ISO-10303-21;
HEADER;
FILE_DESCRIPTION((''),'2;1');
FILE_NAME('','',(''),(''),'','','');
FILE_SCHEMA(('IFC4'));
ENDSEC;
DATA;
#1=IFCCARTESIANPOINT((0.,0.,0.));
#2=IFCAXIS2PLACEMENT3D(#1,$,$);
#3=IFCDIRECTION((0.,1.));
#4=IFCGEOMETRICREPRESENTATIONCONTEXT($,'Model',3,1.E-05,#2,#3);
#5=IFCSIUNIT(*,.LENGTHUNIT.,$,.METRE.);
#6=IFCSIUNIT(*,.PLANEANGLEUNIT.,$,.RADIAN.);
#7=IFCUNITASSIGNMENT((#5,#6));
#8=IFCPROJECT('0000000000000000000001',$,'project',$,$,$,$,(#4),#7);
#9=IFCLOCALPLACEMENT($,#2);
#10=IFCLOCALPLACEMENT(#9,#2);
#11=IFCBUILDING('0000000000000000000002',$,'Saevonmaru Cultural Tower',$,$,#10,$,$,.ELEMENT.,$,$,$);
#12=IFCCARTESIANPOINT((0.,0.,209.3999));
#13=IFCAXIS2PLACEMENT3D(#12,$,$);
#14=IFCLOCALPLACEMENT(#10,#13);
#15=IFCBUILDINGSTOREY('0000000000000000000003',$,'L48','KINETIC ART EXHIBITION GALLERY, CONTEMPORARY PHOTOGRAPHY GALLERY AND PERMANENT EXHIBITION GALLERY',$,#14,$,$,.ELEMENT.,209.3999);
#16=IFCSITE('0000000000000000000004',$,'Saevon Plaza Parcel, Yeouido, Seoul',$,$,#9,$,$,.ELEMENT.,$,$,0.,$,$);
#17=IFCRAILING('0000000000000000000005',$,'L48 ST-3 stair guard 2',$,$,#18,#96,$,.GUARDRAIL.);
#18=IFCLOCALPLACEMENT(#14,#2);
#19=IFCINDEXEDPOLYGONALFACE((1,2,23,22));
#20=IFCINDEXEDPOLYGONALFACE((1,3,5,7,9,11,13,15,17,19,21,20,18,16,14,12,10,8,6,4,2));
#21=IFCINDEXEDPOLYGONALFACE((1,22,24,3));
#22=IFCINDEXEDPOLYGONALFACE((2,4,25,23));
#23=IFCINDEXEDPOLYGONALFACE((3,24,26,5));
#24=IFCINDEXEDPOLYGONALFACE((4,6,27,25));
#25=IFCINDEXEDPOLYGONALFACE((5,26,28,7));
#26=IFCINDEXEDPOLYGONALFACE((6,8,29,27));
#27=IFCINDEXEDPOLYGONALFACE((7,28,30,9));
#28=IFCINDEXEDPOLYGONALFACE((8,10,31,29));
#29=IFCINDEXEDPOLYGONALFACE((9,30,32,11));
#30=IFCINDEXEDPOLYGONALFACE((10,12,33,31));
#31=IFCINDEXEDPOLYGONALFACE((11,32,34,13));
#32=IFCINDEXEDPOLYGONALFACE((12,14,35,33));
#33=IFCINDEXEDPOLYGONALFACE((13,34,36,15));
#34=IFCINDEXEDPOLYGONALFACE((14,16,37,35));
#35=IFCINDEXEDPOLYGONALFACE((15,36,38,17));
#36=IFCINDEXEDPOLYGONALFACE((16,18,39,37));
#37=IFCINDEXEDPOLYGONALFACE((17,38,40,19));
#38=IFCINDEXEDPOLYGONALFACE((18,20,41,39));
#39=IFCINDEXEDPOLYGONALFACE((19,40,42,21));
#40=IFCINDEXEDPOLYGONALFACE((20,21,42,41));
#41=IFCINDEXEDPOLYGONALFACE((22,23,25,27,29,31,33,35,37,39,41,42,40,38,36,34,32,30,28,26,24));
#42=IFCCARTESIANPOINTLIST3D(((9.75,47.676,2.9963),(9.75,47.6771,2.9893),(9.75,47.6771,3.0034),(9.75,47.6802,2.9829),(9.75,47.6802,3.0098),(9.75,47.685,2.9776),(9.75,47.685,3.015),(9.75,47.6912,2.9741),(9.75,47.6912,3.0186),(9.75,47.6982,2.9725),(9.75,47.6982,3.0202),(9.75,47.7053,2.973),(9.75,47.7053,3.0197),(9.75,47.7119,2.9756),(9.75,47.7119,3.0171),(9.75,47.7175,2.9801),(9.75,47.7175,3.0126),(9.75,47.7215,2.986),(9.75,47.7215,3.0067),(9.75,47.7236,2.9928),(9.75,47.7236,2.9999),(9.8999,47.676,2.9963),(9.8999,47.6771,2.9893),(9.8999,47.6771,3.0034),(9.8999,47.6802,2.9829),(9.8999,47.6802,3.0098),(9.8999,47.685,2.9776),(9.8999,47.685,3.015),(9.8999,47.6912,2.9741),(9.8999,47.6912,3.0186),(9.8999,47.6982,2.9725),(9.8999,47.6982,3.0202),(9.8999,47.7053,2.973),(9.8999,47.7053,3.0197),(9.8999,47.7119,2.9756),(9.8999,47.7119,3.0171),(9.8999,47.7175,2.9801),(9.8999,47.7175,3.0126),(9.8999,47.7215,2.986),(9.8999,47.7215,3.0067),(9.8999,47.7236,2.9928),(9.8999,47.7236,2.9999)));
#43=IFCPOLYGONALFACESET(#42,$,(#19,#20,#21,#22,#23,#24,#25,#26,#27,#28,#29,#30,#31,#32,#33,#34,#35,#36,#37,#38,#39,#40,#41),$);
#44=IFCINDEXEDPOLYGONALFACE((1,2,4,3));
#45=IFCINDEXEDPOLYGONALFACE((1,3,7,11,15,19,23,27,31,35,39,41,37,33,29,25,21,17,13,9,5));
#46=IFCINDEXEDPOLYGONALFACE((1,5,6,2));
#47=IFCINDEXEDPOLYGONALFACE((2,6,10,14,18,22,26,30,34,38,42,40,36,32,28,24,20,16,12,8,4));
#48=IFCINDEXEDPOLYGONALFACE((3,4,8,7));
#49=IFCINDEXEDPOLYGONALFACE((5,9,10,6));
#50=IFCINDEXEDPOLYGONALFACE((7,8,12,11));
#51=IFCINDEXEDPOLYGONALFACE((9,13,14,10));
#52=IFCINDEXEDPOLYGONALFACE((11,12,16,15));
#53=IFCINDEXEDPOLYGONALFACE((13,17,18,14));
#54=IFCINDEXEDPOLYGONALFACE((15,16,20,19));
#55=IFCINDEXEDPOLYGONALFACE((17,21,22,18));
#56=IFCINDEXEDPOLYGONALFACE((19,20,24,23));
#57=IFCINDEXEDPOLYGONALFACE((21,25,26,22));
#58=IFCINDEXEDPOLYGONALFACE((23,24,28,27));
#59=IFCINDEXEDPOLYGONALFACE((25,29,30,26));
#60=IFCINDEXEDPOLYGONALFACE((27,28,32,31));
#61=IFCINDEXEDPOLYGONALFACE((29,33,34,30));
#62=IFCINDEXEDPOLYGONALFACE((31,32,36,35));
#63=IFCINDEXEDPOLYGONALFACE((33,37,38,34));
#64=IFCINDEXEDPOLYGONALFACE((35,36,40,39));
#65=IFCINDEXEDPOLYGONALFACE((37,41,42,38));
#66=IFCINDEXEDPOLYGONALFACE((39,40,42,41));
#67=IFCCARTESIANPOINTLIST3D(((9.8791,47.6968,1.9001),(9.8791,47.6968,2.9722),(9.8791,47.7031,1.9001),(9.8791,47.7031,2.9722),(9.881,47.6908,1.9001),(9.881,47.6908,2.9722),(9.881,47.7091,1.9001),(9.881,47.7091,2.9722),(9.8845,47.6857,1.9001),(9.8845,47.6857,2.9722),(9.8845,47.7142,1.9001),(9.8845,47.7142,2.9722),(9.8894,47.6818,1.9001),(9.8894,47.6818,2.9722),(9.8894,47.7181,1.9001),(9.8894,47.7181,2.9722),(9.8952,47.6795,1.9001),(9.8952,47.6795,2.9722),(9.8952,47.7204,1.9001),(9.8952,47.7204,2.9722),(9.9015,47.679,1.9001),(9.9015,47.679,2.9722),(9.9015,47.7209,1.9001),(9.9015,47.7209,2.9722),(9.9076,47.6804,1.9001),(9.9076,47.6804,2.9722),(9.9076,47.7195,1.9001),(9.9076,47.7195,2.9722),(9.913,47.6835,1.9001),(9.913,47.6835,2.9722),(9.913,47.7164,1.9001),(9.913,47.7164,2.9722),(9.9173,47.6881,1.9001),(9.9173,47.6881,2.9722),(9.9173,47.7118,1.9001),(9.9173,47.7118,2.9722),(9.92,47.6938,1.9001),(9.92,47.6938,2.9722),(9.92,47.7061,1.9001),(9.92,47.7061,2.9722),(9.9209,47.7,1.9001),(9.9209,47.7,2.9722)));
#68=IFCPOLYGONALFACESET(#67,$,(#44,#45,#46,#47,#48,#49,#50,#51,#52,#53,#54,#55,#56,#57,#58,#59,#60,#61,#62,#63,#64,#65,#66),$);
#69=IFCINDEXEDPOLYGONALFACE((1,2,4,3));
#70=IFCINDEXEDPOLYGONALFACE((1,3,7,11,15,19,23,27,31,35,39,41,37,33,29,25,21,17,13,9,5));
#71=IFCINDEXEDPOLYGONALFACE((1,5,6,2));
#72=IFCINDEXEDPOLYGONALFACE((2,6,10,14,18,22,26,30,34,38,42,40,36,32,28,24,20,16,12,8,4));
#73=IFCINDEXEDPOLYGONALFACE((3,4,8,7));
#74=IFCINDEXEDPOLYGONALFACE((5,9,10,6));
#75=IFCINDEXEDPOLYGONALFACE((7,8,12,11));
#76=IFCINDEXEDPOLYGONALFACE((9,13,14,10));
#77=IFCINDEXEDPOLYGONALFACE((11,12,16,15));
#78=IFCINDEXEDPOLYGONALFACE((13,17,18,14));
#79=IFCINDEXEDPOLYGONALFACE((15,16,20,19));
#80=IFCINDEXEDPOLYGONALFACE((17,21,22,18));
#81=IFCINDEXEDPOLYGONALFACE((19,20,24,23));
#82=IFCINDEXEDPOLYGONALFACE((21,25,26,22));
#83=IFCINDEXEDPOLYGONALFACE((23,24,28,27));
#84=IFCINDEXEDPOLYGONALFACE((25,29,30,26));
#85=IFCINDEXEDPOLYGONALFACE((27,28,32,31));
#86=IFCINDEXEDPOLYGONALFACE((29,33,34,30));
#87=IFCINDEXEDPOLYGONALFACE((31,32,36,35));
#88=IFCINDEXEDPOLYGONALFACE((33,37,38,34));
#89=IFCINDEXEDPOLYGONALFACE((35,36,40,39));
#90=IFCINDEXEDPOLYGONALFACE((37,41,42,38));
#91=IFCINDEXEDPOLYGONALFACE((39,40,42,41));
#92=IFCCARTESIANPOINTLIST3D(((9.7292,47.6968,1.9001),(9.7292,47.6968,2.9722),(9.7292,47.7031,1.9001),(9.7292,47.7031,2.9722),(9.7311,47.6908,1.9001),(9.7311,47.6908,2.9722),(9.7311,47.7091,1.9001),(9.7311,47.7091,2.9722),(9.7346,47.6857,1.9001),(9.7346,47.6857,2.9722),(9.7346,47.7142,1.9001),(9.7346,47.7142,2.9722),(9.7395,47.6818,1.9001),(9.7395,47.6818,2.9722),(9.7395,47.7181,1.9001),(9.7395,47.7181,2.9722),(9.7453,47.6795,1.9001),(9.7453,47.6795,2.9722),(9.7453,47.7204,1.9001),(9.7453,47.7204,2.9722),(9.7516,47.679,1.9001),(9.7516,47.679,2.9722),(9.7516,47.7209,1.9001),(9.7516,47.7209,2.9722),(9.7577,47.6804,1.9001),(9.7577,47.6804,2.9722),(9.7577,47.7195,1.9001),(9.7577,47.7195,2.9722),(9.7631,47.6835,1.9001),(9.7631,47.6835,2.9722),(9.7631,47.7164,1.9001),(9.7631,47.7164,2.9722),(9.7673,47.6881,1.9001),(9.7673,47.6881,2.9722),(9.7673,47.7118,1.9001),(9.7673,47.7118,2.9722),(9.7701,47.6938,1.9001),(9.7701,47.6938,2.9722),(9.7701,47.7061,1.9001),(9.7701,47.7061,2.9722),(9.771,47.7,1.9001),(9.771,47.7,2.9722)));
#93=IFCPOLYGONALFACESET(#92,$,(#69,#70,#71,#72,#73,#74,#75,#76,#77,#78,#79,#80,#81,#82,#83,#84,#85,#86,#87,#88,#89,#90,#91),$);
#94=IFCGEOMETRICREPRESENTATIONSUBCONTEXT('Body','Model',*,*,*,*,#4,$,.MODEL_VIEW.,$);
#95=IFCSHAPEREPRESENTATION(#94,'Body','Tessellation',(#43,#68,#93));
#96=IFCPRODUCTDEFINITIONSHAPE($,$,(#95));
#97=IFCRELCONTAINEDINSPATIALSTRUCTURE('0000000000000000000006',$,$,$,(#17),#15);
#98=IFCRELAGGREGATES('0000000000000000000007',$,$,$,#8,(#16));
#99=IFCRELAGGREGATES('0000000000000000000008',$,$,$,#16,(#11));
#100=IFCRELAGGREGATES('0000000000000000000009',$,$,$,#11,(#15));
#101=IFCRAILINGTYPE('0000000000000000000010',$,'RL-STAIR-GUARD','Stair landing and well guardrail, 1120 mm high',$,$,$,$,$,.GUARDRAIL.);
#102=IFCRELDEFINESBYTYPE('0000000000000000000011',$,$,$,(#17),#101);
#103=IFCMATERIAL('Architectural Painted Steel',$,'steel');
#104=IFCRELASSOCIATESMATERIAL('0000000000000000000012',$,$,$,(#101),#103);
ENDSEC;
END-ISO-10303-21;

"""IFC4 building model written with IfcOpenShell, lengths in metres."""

from ifc_helpers import new_model, si_unit, direction, frame, origin, origin_2d, place, context, subcontext, project, spatial, circle, extrude, material, type_object, element, save


model = new_model("IFC4")

# Units and contexts
model_context = context("Model", 3, precision=1e-05, world=origin(), true_north=direction((0.0, 1.0)))
body_context = subcontext(model_context, "Body", "Model", "MODEL_VIEW")
ifc_project = project(units=[si_unit("LENGTHUNIT", "METRE"), si_unit("PLANEANGLEUNIT", "RADIAN")], contexts=[model_context])

# Site, building, storey
site_placement = place(None, origin())
site = spatial("IfcSite", under=ifc_project, at=site_placement, Name="Saevon Plaza Parcel, Yeouido, Seoul", CompositionType="ELEMENT", RefElevation=0.0)
building_placement = place(site_placement, origin())
building = spatial("IfcBuilding", under=site, at=building_placement, Name="Saevonmaru Cultural Tower", CompositionType="ELEMENT")
storey_placement = place(building_placement, frame((0.0, 0.0, 209.3999)))
storey = spatial("IfcBuildingStorey", under=building, at=storey_placement, Name="L48", Description="KINETIC ART EXHIBITION GALLERY, CONTEMPORARY PHOTOGRAPHY GALLERY AND PERMANENT EXHIBITION GALLERY", CompositionType="ELEMENT", Elevation=209.3999)

# Railing
ifc_material_1 = material(Name="Architectural Painted Steel", Category="steel")
railing_type_1 = type_object("IfcRailingType", Name="RL-STAIR-GUARD", Description="Stair landing and well guardrail, 1120 mm high", PredefinedType="GUARDRAIL", material=ifc_material_1)
railing_1_placement = place(storey_placement, frame((9.8999, 47.7, 1.9001)))
element("IfcRailing", 1, at=railing_1_placement, inside=storey, type_object=railing_type_1, Name="L48 ST-3 stair guard 2", PredefinedType="GUARDRAIL", context=body_context, shape_type="SweptSolid", body=[
    extrude(circle(Radius=0.0239, at=origin_2d()), frame((0.0, 0.0, 1.0962), z_axis=(-1.0, 0.0, 0.0), x_axis=(0.0, -1.0, 0.0)), (0.0, 0.0, 1.0), 0.1499),
    extrude(circle(Radius=0.021, at=origin_2d()), origin(), (0.0, 0.0, 1.0), 1.072),
    extrude(circle(Radius=0.021, at=origin_2d()), frame((-0.1499, 0.0, 0.0)), (0.0, 0.0, 1.0), 1.072),
])

save(model, "model.ifc")
